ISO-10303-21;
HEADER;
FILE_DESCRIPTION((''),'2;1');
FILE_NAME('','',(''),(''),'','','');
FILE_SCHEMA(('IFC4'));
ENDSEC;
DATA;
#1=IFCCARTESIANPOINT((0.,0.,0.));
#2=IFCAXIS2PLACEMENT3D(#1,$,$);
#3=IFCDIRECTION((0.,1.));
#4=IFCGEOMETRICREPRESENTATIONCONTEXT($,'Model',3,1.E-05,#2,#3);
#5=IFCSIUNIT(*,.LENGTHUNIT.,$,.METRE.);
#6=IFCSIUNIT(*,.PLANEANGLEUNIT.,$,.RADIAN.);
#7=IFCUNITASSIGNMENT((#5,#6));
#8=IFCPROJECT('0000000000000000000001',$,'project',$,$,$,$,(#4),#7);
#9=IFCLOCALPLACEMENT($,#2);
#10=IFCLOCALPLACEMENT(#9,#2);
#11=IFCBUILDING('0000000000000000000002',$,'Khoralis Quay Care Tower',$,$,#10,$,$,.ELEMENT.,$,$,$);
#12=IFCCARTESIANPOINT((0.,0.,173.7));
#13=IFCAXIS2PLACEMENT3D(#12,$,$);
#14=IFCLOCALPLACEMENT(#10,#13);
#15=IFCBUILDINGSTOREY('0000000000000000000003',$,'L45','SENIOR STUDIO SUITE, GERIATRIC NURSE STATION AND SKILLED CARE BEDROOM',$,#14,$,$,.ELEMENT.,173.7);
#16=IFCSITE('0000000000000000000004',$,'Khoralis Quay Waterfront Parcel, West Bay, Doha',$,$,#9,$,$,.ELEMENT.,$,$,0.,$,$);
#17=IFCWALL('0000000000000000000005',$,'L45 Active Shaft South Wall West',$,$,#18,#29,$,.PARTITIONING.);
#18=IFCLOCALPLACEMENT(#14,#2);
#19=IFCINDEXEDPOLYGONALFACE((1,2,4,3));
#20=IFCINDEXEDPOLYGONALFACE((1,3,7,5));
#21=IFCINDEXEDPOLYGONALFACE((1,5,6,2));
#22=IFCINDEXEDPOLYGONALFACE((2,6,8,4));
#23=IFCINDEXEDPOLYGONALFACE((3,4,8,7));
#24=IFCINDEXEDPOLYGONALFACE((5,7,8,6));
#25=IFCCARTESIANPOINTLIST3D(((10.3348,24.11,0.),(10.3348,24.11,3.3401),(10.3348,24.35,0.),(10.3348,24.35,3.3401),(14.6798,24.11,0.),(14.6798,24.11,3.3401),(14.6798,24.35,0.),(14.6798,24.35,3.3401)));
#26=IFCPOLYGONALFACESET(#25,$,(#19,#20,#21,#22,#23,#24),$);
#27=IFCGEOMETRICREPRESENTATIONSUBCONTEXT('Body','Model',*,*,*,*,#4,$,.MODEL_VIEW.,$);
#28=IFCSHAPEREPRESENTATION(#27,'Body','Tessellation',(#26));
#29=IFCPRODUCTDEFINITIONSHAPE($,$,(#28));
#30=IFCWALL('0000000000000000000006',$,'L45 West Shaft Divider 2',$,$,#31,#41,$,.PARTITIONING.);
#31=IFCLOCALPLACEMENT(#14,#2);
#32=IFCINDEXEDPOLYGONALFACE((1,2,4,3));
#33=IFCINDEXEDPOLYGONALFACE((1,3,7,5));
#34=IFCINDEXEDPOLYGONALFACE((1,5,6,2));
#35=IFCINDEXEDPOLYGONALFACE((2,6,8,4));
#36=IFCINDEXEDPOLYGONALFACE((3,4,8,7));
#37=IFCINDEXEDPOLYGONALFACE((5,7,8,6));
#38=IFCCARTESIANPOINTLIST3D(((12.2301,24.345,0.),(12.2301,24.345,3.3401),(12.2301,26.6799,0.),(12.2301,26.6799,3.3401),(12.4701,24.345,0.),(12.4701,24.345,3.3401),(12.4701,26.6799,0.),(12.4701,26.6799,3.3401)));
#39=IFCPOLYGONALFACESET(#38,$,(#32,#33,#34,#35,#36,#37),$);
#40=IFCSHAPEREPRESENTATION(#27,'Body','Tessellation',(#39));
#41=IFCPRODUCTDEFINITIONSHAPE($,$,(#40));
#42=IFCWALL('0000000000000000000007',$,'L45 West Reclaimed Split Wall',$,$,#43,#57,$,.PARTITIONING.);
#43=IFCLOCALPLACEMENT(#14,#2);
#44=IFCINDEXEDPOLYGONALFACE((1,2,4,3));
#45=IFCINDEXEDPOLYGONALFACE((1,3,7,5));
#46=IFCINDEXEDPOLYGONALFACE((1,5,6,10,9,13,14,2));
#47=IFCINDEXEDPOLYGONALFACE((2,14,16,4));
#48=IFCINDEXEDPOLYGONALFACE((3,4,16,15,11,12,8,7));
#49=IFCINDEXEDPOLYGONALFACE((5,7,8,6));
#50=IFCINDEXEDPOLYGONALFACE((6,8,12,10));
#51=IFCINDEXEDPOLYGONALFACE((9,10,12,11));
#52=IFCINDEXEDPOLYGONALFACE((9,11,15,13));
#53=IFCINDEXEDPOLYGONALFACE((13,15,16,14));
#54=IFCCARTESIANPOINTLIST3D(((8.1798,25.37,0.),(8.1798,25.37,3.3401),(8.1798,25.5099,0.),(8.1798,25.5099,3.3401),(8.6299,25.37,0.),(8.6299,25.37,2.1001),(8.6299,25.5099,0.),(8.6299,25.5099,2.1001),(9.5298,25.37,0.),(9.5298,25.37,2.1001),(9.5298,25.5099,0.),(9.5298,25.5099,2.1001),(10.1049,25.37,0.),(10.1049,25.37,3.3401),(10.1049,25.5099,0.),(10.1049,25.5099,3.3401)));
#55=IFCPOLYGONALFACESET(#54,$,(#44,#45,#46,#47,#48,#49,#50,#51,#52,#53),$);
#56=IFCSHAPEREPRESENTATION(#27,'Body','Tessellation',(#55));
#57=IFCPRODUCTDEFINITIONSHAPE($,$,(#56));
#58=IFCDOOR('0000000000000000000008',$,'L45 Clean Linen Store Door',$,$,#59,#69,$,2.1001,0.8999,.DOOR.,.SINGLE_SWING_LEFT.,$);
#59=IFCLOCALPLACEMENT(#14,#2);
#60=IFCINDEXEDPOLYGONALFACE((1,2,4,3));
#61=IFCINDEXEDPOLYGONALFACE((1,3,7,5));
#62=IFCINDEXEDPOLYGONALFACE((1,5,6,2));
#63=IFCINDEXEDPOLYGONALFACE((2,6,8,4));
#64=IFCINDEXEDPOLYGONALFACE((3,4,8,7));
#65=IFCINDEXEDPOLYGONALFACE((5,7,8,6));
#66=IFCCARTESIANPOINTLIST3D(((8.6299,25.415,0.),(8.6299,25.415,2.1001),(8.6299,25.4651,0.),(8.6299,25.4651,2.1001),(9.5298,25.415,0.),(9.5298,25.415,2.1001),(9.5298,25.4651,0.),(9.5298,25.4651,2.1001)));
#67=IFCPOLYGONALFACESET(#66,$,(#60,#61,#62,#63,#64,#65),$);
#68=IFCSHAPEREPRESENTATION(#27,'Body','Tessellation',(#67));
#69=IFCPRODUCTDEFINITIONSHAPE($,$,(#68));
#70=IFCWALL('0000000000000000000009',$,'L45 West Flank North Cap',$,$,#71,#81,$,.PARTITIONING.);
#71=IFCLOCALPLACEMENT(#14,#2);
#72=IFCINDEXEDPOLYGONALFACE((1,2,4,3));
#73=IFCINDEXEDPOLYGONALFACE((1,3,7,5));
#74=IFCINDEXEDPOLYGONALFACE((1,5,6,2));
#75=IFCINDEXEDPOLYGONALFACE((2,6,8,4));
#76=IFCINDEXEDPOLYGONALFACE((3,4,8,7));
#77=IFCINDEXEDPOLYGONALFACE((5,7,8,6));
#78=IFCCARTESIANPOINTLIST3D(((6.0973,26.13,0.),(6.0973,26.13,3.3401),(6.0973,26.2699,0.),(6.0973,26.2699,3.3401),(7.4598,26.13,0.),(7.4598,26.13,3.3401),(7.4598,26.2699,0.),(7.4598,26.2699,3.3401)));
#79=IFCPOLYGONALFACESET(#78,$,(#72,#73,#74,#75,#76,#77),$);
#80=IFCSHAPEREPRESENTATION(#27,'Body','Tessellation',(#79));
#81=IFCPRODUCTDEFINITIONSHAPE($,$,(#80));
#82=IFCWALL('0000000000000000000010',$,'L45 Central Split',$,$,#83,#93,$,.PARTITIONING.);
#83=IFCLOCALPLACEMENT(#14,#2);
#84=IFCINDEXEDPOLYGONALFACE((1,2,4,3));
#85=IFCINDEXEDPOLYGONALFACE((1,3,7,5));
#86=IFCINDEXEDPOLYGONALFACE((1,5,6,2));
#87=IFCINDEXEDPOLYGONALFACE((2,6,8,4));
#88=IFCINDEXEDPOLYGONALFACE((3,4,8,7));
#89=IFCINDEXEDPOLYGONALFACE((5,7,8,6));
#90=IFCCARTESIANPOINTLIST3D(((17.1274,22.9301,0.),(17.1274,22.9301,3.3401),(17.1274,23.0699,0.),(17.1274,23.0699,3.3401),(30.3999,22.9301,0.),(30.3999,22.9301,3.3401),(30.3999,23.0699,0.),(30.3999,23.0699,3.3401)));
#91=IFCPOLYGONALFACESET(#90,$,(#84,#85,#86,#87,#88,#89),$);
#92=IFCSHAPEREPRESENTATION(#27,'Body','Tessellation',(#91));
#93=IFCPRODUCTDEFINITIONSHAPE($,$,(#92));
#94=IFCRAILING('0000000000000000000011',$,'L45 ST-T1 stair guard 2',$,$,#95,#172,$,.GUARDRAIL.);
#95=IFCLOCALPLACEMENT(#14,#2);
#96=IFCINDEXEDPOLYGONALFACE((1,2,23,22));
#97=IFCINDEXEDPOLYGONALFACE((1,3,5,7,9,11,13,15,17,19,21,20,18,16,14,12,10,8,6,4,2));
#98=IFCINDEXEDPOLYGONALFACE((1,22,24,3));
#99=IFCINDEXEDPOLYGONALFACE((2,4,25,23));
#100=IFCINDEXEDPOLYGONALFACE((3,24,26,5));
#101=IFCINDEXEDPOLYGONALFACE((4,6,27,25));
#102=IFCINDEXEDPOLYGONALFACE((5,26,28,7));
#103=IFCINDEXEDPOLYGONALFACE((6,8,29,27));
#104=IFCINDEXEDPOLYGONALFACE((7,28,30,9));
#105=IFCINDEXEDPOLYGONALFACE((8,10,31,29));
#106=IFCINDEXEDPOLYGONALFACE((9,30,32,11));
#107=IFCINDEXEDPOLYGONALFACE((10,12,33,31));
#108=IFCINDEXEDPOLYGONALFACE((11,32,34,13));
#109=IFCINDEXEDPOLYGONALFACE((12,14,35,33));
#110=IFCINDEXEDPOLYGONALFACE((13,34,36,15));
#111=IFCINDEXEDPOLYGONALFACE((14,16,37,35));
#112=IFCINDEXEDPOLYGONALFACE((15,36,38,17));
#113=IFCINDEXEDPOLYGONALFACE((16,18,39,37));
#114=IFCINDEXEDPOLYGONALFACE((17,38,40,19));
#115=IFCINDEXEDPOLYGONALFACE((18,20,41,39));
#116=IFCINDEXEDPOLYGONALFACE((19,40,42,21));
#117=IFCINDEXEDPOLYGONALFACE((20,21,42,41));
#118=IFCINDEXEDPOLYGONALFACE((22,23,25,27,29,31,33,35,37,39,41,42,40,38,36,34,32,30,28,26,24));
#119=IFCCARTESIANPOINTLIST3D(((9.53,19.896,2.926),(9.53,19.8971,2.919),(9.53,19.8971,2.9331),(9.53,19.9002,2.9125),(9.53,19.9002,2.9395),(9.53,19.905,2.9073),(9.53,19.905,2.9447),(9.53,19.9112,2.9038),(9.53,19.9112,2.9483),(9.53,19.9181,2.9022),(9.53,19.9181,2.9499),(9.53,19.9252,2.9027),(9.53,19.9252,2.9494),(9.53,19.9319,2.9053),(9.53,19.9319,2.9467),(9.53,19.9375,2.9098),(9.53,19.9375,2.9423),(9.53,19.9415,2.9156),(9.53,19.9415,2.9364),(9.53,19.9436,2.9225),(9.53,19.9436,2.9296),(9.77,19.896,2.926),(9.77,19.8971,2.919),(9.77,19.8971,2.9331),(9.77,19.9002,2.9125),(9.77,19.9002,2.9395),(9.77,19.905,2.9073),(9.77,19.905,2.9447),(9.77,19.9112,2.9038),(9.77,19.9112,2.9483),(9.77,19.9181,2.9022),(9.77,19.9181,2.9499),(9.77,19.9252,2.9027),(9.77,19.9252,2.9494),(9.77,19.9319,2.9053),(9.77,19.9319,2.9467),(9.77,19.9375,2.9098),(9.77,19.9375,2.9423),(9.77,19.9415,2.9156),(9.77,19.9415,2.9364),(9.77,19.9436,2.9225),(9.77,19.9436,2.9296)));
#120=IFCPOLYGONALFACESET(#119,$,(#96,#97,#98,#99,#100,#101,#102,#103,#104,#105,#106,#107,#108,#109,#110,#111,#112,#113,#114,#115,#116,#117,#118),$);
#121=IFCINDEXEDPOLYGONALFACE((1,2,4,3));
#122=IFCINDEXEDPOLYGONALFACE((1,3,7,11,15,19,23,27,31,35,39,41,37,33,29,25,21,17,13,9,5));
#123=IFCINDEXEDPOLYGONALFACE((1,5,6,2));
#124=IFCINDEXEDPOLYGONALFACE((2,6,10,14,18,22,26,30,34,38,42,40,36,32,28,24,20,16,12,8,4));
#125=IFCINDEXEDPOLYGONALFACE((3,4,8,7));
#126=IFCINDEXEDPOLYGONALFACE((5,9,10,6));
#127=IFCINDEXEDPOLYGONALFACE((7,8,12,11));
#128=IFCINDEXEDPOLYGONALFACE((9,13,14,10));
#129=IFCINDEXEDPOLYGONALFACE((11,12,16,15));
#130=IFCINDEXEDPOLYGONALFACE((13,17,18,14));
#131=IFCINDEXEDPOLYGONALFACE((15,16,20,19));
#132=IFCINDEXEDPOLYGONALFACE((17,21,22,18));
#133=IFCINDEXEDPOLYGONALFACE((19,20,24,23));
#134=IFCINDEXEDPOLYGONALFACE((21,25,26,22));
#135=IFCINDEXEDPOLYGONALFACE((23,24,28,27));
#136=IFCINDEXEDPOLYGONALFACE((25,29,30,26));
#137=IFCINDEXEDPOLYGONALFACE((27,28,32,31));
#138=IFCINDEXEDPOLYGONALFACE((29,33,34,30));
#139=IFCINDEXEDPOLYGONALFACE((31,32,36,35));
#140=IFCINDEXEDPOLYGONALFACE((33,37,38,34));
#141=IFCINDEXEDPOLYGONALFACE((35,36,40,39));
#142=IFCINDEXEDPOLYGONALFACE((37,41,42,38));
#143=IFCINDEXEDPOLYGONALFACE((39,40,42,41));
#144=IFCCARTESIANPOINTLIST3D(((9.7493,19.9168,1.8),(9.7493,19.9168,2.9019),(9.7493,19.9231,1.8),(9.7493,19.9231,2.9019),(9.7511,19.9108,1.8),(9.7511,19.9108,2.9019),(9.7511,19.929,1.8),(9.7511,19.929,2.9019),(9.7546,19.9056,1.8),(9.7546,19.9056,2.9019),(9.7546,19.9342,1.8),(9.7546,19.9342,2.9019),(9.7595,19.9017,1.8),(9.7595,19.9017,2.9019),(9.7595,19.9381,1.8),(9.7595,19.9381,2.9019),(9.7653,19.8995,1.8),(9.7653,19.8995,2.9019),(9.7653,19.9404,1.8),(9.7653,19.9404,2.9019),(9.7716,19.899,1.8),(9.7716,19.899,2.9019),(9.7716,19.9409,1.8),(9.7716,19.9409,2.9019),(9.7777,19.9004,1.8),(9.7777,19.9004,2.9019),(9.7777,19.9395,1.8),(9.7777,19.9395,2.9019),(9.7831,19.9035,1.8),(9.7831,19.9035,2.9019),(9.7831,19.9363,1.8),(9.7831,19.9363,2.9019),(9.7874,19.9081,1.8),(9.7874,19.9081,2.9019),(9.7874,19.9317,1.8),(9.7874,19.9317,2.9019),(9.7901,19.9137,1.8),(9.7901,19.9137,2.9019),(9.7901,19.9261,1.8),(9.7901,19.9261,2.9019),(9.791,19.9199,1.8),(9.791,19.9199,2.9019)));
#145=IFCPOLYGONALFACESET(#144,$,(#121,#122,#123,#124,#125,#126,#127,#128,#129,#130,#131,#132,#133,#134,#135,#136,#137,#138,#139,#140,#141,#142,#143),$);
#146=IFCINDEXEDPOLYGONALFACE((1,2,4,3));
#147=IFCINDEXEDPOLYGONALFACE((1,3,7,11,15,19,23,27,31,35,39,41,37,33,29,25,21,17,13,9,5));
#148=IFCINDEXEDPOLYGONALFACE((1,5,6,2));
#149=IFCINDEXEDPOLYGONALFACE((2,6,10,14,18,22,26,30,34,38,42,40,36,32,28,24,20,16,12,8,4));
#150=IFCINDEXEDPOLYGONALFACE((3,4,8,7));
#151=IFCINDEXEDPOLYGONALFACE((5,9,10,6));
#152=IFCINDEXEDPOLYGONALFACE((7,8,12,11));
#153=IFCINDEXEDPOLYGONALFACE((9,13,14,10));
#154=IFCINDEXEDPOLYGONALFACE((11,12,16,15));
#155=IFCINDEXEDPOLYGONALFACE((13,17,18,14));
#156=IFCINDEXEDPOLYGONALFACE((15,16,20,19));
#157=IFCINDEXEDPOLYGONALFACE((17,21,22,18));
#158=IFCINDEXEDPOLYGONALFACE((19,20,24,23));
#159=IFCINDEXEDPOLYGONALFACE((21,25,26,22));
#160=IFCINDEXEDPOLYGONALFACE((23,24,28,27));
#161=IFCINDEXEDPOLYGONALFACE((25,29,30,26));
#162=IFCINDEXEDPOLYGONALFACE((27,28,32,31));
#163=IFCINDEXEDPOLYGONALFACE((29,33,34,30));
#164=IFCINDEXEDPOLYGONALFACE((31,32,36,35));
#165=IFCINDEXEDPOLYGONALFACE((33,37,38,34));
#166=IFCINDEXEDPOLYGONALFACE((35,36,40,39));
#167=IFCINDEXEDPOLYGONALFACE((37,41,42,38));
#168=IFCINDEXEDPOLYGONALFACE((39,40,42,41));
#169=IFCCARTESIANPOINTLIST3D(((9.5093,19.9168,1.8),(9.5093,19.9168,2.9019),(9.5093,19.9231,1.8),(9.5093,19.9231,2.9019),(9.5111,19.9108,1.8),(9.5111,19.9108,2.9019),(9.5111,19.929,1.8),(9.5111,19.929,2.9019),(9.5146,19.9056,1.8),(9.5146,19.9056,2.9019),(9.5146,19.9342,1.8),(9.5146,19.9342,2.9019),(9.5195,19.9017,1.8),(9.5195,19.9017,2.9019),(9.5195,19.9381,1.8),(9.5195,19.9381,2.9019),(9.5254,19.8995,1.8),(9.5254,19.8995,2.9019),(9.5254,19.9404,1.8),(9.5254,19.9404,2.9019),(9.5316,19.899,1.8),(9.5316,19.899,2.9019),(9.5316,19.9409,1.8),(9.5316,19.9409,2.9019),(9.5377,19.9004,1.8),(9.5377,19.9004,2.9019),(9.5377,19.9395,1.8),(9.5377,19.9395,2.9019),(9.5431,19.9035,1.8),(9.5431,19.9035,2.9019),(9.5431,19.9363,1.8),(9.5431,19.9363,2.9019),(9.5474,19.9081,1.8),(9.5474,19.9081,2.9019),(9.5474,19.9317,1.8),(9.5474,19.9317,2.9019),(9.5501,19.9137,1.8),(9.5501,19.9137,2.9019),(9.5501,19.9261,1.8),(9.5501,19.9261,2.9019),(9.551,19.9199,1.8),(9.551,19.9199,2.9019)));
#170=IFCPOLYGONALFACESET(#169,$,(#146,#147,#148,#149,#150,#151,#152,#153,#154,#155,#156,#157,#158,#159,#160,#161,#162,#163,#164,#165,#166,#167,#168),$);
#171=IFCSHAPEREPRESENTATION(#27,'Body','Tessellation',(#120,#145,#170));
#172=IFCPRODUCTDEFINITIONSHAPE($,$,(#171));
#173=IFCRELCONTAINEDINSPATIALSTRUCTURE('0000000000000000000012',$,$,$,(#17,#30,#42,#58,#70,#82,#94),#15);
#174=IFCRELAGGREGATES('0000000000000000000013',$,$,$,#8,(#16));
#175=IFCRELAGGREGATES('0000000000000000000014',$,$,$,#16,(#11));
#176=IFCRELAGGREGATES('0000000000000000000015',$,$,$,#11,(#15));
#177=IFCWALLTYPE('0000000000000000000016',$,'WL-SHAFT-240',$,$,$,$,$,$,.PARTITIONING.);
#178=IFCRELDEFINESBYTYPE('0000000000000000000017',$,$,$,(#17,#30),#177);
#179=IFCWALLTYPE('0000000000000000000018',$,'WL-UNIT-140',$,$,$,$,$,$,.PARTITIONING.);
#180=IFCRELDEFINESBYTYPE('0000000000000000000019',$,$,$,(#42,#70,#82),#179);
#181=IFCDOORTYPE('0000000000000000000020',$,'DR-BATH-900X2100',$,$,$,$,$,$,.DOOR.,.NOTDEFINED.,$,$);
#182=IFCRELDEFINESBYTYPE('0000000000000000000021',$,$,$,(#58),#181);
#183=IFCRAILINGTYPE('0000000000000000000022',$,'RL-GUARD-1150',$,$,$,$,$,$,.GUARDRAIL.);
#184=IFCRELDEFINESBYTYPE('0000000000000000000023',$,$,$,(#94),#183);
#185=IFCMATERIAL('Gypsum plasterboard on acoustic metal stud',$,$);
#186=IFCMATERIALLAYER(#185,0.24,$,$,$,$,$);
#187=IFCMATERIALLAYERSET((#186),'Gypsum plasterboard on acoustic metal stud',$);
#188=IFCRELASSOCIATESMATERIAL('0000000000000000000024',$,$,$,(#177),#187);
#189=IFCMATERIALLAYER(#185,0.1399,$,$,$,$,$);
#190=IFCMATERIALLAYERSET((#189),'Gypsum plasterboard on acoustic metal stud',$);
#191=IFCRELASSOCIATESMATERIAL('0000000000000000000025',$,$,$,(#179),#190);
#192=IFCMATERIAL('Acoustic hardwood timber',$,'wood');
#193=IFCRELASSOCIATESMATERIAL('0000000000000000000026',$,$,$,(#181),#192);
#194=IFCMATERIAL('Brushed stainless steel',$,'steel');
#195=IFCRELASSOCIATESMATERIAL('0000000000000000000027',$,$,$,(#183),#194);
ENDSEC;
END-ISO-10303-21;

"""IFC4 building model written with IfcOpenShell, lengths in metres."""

from ifc_helpers import new_model, si_unit, direction, frame, frame_2d, origin, origin_2d, place, context, subcontext, project, spatial, rectangle, circle, extrude, source, transform, mapped, material, layer, layer_set, type_object, element, fill, save


model = new_model("IFC4")

# Units and contexts
model_context = context("Model", 3, precision=1e-05, world=origin(), true_north=direction((0.0, 1.0)))
body_context = subcontext(model_context, "Body", "Model", "MODEL_VIEW")
ifc_project = project(units=[si_unit("LENGTHUNIT", "METRE"), si_unit("PLANEANGLEUNIT", "RADIAN")], contexts=[model_context])

# Site, building, storey
site_placement = place(None, origin())
site = spatial("IfcSite", under=ifc_project, at=site_placement, Name="Khoralis Quay Waterfront Parcel, West Bay, Doha", CompositionType="ELEMENT", RefElevation=0.0)
building_placement = place(site_placement, origin())
building = spatial("IfcBuilding", under=site, at=building_placement, Name="Khoralis Quay Care Tower", CompositionType="ELEMENT")
storey_placement = place(building_placement, frame((0.0, 0.0, 173.7)))
storey = spatial("IfcBuildingStorey", under=building, at=storey_placement, Name="L45", Description="SENIOR STUDIO SUITE, GERIATRIC NURSE STATION AND SKILLED CARE BEDROOM", CompositionType="ELEMENT", Elevation=173.7)

# Shared definitions
ifc_material_1 = material(Name="Brushed stainless steel", Category="steel")
ifc_material_2 = material(Name="Acoustic hardwood timber", Category="wood")

# Shared definitions
ifc_material_3 = material(Name="Gypsum plasterboard on acoustic metal stud")

# Walls
ifc_layer_1 = layer(ifc_material_3, 0.24)
ifc_layer_set_1 = layer_set([ifc_layer_1], Name="Gypsum plasterboard on acoustic metal stud")
wall_type_1 = type_object("IfcWallType", Name="WL-SHAFT-240", PredefinedType="PARTITIONING", material=ifc_layer_set_1)
wall_1_placement = place(storey_placement, frame((10.335, 24.23, 0.0), z_axis=(0.0, 0.0, 1.0), x_axis=(1.0, 0.0, 0.0)))
element("IfcWall", 1, at=wall_1_placement, inside=storey, type_object=wall_type_1, Name="L45 Active Shaft South Wall West", PredefinedType="PARTITIONING", context=body_context, shape_type="SweptSolid", body=[
    extrude(rectangle(XDim=4.345, YDim=0.24, at=frame_2d((2.1724, 0.0))), origin(), (0.0, 0.0, 1.0), 3.3401),
])
wall_2_placement = place(storey_placement, frame((12.3501, 24.345, 0.0), z_axis=(0.0, 0.0, 1.0), x_axis=(0.0, 1.0, 0.0)))
element("IfcWall", 2, at=wall_2_placement, inside=storey, type_object=wall_type_1, Name="L45 West Shaft Divider 2", PredefinedType="PARTITIONING", context=body_context, shape_type="SweptSolid", body=[
    extrude(rectangle(XDim=2.335, YDim=0.24, at=frame_2d((1.1675, 0.0))), origin(), (0.0, 0.0, 1.0), 3.3401),
])

# Wall, opening, door
ifc_layer_2 = layer(ifc_material_3, 0.1399)
ifc_layer_set_2 = layer_set([ifc_layer_2], Name="Gypsum plasterboard on acoustic metal stud")
wall_type_2 = type_object("IfcWallType", Name="WL-UNIT-140", PredefinedType="PARTITIONING", material=ifc_layer_set_2)
wall_3_placement = place(storey_placement, frame((8.1799, 25.4399, 0.0), z_axis=(0.0, 0.0, 1.0), x_axis=(1.0, 0.0, 0.0)))
wall_3 = element("IfcWall", 3, at=wall_3_placement, inside=storey, type_object=wall_type_2, Name="L45 West Reclaimed Split Wall", PredefinedType="PARTITIONING", context=body_context, shape_type="SweptSolid", body=[
    extrude(rectangle(XDim=1.925, YDim=0.1399, at=frame_2d((0.9624, 0.0))), origin(), (0.0, 0.0, 1.0), 3.3401),
])
opening_1_placement = place(wall_3_placement, frame((0.45, 0.0, 0.0)))
opening_1 = element("IfcOpeningElement", 4, at=opening_1_placement, cuts=wall_3, PredefinedType="OPENING", context=body_context, shape_type="SweptSolid", body=[
    extrude(rectangle(XDim=0.8999, YDim=2.1001, at=frame_2d((0.45, 1.05))), frame((0.0, 0.0801, 0.0), z_axis=(0.0, -1.0, 0.0), x_axis=(1.0, 0.0, 0.0)), (0.0, 0.0, 1.0), 0.1599),
])
door_type_1 = type_object("IfcDoorType", Name="DR-BATH-900X2100", OperationType="NOTDEFINED", PredefinedType="DOOR", material=ifc_material_2)
shared_shape_1 = source(origin(), body_context, "Body", "SweptSolid", [
    extrude(rectangle(XDim=0.8999, YDim=2.1001, at=frame_2d((0.45, 1.05))), frame((0.0, 0.0249, 0.0), z_axis=(0.0, -1.0, 0.0), x_axis=(1.0, 0.0, 0.0)), (0.0, 0.0, 1.0), 0.05),
])
door_1_placement = place(opening_1_placement, frame((0.8999, 0.0, 0.0), z_axis=(0.0, 0.0, 1.0), x_axis=(-1.0, 0.0, 0.0)))
door_1 = element("IfcDoor", 5, at=door_1_placement, inside=storey, type_object=door_type_1, Name="L45 Clean Linen Store Door", OperationType="SINGLE_SWING_LEFT", OverallHeight=2.1001, OverallWidth=0.8999, PredefinedType="DOOR", context=body_context, shape_type="MappedRepresentation", body=[
    mapped(shared_shape_1, transform((0.0, 0.0, 0.0), scale=1.0)),
])
fill(opening_1, door_1)

# Walls
wall_4_placement = place(storey_placement, frame((6.0974, 26.2, 0.0), z_axis=(0.0, 0.0, 1.0), x_axis=(1.0, 0.0, 0.0)))
element("IfcWall", 6, at=wall_4_placement, inside=storey, type_object=wall_type_2, Name="L45 West Flank North Cap", PredefinedType="PARTITIONING", context=body_context, shape_type="SweptSolid", body=[
    extrude(rectangle(XDim=1.3625, YDim=0.1399, at=frame_2d((0.6812, 0.0))), origin(), (0.0, 0.0, 1.0), 3.3401),
])
wall_5_placement = place(storey_placement, frame((17.1274, 23.0, 0.0), z_axis=(0.0, 0.0, 1.0), x_axis=(1.0, 0.0, 0.0)))
element("IfcWall", 7, at=wall_5_placement, inside=storey, type_object=wall_type_2, Name="L45 Central Split", PredefinedType="PARTITIONING", context=body_context, shape_type="SweptSolid", body=[
    extrude(rectangle(XDim=13.2725, YDim=0.1399, at=frame_2d((6.6362, 0.0))), origin(), (0.0, 0.0, 1.0), 3.3401),
])

# Railing
railing_type = type_object("IfcRailingType", Name="RL-GUARD-1150", PredefinedType="GUARDRAIL", material=ifc_material_1)
railing_placement = place(storey_placement, frame((9.77, 19.9199, 1.8)))
element("IfcRailing", 8, at=railing_placement, inside=storey, type_object=railing_type, Name="L45 ST-T1 stair guard 2", PredefinedType="GUARDRAIL", context=body_context, shape_type="SweptSolid", body=[
    extrude(circle(Radius=0.0239, at=origin_2d()), frame((0.0, 0.0, 1.126), z_axis=(-1.0, 0.0, 0.0), x_axis=(0.0, -1.0, 0.0)), (0.0, 0.0, 1.0), 0.24),
    extrude(circle(Radius=0.021, at=origin_2d()), origin(), (0.0, 0.0, 1.0), 1.1018),
    extrude(circle(Radius=0.021, at=origin_2d()), frame((-0.24, 0.0, 0.0)), (0.0, 0.0, 1.0), 1.1018),
])

save(model, "model.ifc")
